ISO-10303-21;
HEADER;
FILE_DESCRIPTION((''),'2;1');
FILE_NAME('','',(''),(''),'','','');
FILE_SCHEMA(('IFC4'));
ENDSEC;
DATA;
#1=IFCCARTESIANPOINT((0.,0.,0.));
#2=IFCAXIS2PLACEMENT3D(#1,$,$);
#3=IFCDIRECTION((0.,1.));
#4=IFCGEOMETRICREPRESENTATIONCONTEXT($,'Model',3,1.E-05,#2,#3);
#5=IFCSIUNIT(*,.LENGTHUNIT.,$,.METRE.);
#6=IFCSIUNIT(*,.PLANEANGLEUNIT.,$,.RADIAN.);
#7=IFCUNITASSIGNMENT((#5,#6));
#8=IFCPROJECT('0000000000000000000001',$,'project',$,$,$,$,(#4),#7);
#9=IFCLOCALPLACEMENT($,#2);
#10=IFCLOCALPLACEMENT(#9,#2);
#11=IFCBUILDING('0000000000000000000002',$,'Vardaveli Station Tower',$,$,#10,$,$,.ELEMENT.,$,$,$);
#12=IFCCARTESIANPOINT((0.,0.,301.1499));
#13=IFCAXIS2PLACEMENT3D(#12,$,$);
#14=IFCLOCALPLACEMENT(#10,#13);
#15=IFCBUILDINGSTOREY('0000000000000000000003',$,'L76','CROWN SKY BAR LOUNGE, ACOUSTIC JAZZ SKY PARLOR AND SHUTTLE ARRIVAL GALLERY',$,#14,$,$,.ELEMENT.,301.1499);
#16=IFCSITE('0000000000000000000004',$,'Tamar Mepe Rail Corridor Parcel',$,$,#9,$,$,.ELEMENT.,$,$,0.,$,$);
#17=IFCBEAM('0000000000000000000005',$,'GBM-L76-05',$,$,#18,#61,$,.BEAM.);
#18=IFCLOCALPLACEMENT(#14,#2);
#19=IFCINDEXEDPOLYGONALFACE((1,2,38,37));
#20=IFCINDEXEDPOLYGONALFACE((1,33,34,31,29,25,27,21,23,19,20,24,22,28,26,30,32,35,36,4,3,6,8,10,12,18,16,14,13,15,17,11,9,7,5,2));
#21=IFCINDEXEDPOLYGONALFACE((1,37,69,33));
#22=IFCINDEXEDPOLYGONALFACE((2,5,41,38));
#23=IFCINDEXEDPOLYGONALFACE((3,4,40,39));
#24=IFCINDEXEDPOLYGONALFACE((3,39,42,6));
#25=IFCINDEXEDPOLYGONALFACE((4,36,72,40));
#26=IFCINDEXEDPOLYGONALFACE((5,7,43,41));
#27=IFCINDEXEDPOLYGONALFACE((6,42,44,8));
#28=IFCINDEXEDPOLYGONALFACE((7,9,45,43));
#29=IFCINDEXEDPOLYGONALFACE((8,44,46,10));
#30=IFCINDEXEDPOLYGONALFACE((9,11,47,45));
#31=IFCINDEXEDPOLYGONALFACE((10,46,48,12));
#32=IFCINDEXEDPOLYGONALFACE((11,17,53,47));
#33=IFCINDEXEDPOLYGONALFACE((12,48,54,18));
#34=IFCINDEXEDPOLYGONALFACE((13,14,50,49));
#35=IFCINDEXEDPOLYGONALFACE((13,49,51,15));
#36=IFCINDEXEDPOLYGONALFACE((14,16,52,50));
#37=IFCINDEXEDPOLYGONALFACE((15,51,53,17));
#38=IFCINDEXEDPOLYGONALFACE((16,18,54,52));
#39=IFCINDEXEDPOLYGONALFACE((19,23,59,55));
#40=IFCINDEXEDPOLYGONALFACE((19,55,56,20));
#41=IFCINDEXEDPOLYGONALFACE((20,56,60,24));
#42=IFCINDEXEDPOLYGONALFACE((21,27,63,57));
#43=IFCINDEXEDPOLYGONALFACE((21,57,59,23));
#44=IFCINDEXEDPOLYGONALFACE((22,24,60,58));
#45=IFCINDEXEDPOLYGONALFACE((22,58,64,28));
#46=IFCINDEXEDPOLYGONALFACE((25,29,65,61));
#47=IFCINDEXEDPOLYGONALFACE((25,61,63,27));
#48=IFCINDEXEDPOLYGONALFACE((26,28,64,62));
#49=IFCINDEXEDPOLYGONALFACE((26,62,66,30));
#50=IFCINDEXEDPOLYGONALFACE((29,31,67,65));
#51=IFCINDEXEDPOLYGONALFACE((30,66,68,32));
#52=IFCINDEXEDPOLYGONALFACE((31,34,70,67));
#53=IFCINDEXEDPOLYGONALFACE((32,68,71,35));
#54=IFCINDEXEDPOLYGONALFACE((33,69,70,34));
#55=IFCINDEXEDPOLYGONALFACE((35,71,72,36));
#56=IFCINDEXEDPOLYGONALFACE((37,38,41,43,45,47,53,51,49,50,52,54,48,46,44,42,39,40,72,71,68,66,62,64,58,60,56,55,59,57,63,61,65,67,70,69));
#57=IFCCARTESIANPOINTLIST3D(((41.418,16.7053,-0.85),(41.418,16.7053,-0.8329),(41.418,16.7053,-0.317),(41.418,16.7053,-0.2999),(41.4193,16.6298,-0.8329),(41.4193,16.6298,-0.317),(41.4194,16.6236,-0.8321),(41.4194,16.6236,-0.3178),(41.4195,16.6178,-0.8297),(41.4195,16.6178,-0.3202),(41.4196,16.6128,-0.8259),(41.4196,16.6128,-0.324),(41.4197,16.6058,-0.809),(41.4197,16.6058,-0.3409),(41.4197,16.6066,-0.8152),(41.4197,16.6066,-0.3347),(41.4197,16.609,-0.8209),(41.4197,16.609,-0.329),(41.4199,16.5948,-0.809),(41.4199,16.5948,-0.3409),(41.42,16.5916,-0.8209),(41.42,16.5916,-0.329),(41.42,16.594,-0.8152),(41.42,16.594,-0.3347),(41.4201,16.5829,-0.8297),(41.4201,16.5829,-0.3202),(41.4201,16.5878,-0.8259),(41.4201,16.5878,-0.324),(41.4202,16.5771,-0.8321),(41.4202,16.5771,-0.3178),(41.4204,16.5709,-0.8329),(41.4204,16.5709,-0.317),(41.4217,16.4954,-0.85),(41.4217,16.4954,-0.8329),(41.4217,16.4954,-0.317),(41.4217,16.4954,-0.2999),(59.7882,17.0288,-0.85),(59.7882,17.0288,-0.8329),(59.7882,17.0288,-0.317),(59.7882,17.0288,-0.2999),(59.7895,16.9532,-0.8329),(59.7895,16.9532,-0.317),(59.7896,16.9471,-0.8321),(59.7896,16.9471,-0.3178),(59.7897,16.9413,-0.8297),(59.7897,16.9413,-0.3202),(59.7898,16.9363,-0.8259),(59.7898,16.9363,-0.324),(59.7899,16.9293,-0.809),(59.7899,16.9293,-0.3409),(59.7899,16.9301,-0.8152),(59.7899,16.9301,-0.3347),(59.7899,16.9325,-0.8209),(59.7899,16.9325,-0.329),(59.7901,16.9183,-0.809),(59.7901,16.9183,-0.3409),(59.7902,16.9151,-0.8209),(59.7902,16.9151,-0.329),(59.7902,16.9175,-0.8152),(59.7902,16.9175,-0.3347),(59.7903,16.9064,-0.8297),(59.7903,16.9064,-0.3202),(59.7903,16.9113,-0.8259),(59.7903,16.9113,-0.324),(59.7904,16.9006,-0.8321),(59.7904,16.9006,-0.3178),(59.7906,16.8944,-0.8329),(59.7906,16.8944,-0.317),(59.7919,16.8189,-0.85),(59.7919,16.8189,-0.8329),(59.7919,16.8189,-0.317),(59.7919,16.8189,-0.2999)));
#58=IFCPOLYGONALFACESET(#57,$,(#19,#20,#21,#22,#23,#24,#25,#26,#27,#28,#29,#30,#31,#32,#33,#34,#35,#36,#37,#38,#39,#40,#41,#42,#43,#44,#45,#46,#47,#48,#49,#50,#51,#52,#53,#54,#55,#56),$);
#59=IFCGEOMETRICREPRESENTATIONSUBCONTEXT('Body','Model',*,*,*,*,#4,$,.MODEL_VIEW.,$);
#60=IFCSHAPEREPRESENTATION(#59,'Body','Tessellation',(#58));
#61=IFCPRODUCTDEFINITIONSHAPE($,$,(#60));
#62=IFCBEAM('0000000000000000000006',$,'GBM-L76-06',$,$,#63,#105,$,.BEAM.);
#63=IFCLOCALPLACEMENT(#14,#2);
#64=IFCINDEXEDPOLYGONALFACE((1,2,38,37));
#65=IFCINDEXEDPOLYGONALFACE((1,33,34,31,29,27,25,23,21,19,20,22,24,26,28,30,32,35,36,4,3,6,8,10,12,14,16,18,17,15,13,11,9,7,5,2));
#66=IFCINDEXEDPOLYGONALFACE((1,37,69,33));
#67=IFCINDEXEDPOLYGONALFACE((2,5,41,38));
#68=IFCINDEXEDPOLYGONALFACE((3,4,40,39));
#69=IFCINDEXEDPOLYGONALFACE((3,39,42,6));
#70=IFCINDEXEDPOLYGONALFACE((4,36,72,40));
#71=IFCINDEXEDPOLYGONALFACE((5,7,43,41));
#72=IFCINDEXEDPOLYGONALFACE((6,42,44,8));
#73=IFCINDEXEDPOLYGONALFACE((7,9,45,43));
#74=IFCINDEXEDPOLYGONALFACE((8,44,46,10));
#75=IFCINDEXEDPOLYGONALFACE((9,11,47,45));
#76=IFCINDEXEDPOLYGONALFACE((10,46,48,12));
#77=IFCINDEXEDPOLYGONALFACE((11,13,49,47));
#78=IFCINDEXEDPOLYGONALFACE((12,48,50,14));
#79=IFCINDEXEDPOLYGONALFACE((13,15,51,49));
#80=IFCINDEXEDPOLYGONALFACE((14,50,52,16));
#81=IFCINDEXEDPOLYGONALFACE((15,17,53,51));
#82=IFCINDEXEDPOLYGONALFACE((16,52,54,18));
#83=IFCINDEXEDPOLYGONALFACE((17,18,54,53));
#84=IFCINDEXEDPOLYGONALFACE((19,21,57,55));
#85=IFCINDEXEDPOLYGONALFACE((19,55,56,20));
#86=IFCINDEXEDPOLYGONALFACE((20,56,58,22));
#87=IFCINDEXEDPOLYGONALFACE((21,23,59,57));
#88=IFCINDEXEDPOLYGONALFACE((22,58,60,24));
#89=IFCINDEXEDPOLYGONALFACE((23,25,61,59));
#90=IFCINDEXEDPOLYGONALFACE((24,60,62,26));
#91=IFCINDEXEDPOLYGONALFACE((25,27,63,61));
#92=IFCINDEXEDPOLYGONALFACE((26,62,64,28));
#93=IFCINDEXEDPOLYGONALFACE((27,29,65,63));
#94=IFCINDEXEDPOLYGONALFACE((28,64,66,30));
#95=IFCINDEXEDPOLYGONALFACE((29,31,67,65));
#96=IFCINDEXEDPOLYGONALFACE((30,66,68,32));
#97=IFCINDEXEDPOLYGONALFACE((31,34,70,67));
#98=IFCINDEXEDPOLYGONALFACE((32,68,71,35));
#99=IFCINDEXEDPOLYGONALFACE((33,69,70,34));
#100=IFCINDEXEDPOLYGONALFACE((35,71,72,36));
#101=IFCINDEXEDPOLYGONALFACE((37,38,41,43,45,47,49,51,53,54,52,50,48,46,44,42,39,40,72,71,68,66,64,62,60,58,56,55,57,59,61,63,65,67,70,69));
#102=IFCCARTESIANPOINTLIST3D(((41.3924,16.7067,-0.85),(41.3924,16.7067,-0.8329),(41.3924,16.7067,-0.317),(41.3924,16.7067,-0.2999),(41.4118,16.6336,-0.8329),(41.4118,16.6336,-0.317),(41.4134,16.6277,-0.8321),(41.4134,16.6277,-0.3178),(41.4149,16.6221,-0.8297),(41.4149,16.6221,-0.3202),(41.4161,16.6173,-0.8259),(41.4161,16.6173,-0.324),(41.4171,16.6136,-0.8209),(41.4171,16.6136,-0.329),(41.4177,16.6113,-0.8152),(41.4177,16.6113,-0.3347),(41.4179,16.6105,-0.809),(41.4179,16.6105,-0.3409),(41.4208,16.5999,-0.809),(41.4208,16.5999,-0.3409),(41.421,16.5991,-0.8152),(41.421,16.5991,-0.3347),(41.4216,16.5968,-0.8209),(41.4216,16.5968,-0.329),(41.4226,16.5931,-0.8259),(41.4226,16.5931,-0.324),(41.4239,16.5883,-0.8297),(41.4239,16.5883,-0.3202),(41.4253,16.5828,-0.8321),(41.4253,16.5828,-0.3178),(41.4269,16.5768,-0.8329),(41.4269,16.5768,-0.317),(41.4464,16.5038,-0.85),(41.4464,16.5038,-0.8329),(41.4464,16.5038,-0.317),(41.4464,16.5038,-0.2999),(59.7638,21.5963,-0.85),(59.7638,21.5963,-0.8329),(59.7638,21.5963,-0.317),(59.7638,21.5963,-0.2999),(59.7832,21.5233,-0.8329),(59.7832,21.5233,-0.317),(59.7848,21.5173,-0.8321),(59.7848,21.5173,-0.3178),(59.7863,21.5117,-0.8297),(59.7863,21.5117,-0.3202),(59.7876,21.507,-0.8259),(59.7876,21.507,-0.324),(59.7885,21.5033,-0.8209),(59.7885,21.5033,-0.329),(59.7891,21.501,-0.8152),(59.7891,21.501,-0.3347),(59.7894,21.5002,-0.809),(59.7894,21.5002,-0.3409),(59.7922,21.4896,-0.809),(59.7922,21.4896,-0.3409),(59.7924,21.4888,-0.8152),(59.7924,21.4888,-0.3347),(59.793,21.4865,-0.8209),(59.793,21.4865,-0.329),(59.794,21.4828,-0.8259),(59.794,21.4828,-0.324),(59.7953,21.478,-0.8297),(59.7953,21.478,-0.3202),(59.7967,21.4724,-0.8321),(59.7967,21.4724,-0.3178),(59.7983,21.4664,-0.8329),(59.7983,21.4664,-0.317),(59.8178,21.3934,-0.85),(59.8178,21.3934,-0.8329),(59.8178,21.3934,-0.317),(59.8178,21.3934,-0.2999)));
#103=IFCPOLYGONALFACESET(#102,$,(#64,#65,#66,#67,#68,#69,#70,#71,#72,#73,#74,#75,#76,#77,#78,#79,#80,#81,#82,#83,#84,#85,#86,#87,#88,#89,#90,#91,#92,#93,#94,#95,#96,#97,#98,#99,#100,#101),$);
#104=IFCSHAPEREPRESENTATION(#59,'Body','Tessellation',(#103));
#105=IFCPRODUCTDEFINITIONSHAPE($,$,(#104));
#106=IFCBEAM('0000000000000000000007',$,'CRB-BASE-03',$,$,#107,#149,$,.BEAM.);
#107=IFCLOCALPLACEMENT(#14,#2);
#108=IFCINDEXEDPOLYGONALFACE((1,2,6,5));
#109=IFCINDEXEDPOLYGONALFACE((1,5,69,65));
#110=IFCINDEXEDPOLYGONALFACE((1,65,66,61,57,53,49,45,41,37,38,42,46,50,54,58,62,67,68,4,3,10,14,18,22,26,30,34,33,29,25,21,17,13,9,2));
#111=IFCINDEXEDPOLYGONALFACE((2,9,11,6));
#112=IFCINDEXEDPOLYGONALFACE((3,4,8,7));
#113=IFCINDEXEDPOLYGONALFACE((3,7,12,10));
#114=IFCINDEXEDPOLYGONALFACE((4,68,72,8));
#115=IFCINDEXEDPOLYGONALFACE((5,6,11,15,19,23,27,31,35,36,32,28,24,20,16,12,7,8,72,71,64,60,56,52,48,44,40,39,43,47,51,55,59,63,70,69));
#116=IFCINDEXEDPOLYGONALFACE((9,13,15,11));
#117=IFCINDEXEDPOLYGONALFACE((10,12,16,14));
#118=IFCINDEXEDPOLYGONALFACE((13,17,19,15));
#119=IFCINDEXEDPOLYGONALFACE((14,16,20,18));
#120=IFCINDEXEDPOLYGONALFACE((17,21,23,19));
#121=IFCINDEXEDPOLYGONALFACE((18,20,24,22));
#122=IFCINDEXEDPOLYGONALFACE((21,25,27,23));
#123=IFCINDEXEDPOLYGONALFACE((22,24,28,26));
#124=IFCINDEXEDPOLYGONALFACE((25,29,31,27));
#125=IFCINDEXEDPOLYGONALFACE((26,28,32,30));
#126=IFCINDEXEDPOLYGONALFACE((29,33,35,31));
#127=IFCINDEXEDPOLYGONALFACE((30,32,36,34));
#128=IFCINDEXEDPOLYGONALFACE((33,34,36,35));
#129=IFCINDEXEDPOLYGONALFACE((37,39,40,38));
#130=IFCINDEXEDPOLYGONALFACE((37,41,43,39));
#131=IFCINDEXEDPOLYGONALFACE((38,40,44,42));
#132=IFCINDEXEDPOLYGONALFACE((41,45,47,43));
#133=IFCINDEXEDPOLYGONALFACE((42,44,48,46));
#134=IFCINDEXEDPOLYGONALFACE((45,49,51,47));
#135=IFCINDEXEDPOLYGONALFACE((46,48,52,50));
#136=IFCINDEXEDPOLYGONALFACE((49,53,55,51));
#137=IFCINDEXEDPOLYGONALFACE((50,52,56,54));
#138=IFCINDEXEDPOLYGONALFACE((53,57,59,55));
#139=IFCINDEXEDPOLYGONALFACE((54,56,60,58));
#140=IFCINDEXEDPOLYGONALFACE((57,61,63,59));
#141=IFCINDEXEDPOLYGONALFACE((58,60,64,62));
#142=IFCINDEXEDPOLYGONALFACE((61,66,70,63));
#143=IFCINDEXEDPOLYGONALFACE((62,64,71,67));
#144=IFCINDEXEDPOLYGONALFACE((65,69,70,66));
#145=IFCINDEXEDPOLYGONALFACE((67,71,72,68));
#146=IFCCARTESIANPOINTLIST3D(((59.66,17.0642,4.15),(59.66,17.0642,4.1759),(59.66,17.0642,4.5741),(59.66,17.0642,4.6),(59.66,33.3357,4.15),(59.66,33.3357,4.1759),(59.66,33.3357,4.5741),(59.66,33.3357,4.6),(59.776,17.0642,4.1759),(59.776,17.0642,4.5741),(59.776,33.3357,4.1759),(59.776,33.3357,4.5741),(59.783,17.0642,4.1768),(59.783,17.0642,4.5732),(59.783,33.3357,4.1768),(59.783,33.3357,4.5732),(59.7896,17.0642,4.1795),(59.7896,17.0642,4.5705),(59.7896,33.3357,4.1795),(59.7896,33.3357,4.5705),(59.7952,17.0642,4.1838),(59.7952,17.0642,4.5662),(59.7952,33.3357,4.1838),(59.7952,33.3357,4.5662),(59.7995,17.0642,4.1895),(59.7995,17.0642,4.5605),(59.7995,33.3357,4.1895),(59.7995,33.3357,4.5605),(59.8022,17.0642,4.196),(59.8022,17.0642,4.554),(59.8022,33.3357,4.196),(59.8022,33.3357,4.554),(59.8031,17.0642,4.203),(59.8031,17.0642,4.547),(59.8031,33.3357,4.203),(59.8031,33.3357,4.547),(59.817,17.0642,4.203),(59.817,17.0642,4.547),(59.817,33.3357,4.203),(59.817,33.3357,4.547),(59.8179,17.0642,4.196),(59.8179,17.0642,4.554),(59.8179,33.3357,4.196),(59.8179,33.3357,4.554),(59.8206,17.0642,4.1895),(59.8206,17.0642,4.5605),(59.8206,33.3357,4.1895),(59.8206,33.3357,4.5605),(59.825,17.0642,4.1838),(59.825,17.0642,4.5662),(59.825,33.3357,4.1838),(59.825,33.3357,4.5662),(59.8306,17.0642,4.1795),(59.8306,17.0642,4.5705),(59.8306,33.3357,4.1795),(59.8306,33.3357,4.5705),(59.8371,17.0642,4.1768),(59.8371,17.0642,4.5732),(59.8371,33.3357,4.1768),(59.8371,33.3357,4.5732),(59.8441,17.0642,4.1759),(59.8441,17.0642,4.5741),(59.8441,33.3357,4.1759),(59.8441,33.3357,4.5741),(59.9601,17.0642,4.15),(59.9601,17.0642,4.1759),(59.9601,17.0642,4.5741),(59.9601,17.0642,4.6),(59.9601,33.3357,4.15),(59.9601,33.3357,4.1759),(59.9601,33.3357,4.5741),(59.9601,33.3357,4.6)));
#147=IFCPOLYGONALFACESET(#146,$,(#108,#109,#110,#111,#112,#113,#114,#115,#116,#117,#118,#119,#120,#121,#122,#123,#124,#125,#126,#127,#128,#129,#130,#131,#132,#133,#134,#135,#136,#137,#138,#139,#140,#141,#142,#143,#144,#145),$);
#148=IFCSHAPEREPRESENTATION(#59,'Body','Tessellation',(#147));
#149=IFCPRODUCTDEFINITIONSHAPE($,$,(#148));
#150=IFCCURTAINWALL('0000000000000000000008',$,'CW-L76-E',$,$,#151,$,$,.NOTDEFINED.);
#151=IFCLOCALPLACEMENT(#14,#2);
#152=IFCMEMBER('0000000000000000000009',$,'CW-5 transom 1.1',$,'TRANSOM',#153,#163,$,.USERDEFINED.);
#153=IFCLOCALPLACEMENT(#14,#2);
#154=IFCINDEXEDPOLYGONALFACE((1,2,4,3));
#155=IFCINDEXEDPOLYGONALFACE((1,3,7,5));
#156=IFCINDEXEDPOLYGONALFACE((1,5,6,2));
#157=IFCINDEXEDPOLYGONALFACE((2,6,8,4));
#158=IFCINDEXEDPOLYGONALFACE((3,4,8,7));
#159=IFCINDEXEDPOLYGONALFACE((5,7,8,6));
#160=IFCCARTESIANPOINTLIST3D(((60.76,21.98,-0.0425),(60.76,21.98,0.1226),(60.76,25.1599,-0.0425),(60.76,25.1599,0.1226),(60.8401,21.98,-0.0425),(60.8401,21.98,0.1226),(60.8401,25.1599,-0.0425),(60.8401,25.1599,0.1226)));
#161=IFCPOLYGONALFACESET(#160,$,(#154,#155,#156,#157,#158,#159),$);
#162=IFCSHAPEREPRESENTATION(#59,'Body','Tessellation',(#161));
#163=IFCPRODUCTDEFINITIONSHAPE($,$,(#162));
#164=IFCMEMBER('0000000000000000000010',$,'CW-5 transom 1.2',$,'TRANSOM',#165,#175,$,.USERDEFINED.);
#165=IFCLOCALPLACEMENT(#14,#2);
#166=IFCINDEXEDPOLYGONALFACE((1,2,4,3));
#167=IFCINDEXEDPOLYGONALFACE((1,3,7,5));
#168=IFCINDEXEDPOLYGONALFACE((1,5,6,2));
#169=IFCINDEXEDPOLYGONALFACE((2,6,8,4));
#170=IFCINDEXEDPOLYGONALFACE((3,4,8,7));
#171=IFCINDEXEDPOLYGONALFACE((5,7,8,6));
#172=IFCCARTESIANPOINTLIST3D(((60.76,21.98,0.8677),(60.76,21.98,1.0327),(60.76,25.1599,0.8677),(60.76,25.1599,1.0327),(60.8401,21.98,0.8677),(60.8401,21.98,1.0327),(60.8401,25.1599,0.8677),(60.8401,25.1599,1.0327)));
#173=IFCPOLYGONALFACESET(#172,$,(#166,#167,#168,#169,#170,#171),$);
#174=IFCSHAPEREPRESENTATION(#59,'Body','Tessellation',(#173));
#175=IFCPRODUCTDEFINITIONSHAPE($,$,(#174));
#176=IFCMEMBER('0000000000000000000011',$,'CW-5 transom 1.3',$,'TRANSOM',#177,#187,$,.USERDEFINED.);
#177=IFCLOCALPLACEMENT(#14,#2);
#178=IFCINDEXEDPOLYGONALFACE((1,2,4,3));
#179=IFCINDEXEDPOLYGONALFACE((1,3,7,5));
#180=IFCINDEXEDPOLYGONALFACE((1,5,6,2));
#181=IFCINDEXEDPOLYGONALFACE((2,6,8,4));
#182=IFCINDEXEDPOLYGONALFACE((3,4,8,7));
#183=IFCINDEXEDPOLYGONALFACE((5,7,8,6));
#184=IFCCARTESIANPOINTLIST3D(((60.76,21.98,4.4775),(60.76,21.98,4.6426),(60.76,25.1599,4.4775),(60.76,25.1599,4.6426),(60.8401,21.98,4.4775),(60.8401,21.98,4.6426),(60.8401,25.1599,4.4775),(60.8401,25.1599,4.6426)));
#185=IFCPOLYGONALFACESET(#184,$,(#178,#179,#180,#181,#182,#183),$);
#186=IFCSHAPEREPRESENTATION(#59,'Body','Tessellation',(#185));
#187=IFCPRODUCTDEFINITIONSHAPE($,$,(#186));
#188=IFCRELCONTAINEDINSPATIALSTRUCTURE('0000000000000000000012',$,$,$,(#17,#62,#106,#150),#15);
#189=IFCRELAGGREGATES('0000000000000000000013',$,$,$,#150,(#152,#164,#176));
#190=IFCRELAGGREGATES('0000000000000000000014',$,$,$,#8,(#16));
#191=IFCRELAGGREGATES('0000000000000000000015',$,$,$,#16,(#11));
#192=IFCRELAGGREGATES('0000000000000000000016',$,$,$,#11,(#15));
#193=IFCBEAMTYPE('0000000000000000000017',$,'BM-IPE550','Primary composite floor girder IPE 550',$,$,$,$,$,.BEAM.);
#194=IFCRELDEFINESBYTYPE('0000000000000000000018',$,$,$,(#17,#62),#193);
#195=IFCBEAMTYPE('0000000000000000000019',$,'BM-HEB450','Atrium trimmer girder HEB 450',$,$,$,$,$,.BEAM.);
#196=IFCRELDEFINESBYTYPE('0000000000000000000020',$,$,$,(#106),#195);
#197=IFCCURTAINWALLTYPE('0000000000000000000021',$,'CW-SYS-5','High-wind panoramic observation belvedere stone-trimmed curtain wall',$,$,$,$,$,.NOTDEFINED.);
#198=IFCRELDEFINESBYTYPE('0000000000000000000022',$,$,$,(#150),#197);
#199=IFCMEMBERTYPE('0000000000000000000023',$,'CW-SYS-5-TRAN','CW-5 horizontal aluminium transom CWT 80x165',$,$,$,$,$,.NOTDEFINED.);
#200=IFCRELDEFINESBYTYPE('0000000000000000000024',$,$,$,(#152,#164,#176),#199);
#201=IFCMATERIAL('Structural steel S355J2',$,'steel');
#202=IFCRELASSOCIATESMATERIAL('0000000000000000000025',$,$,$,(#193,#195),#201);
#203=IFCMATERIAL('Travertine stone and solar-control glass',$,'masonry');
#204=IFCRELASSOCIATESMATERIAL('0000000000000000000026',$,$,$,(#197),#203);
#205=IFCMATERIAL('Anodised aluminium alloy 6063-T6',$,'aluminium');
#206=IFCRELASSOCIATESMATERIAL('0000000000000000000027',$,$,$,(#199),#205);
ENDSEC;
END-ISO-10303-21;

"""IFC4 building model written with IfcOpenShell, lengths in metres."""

from ifc_helpers import new_model, si_unit, direction, frame, origin, origin_2d, place, context, subcontext, project, spatial, rectangle, i_section, extrude, source, transform, mapped, material, material_profile, profile_set, type_object, element, aggregate, save


model = new_model("IFC4")

# Units and contexts
model_context = context("Model", 3, precision=1e-05, world=origin(), true_north=direction((0.0, 1.0)))
body_context = subcontext(model_context, "Body", "Model", "MODEL_VIEW")
ifc_project = project(units=[si_unit("LENGTHUNIT", "METRE"), si_unit("PLANEANGLEUNIT", "RADIAN")], contexts=[model_context])

# Site, building, storey
site_placement = place(None, origin())
site = spatial("IfcSite", under=ifc_project, at=site_placement, Name="Tamar Mepe Rail Corridor Parcel", CompositionType="ELEMENT", RefElevation=0.0)
building_placement = place(site_placement, origin())
building = spatial("IfcBuilding", under=site, at=building_placement, Name="Vardaveli Station Tower", CompositionType="ELEMENT")
storey_placement = place(building_placement, frame((0.0, 0.0, 301.1499)))
storey = spatial("IfcBuildingStorey", under=building, at=storey_placement, Name="L76", Description="CROWN SKY BAR LOUNGE, ACOUSTIC JAZZ SKY PARLOR AND SHUTTLE ARRIVAL GALLERY", CompositionType="ELEMENT", Elevation=301.1499)

# Shared definitions
ifc_material_1 = material(Name="Structural steel S355J2", Category="steel")

# Beams
ifc_material_profile_1 = material_profile(ifc_material_1, i_section(OverallWidth=0.21, OverallDepth=0.55, WebThickness=0.011, FlangeThickness=0.0171, FilletRadius=0.0239, at=origin_2d()), Name="IPE 550")
ifc_profile_set_1 = profile_set([ifc_material_profile_1], Name="Structural steel S355J2")
beam_type_1 = type_object("IfcBeamType", Name="BM-IPE550", Description="Primary composite floor girder IPE 550", PredefinedType="BEAM", material=ifc_profile_set_1)
shared_shape_1 = source(origin(), body_context, "Body", "SweptSolid", [
    extrude(i_section(OverallWidth=0.21, OverallDepth=0.55, WebThickness=0.011, FlangeThickness=0.0171, FilletRadius=0.0239, at=origin_2d()), origin(), (0.0, 0.0, 1.0), 18.373),
])
beam_1_placement = place(storey_placement, frame((59.79, 16.9238, -0.575), z_axis=(-0.999845, -0.017607, 0.0), x_axis=(0.017607, -0.999845, 0.0)))
element("IfcBeam", 1, at=beam_1_placement, inside=storey, type_object=beam_type_1, Name="GBM-L76-05", PredefinedType="BEAM", context=body_context, shape_type="MappedRepresentation", body=[
    mapped(shared_shape_1, transform((0.0, 0.0, 0.0), scale=1.0)),
])
shared_shape_2 = source(origin(), body_context, "Body", "SweptSolid", [
    extrude(i_section(OverallWidth=0.21, OverallDepth=0.55, WebThickness=0.011, FlangeThickness=0.0171, FilletRadius=0.0239, at=origin_2d()), origin(), (0.0, 0.0, 1.0), 19.011),
])
beam_2_placement = place(storey_placement, frame((59.7908, 21.4949, -0.575), z_axis=(-0.966358, -0.257202, 0.0), x_axis=(0.257202, -0.966358, 0.0)))
element("IfcBeam", 2, at=beam_2_placement, inside=storey, type_object=beam_type_1, Name="GBM-L76-06", PredefinedType="BEAM", context=body_context, shape_type="MappedRepresentation", body=[
    mapped(shared_shape_2, transform((0.0, 0.0, 0.0), scale=1.0)),
])
ifc_material_profile_2 = material_profile(ifc_material_1, i_section(OverallWidth=0.3, OverallDepth=0.45, WebThickness=0.0139, FlangeThickness=0.0259, FilletRadius=0.0271, at=origin_2d()), Name="HEB 450")
ifc_profile_set_2 = profile_set([ifc_material_profile_2], Name="Structural steel S355J2")
beam_type_2 = type_object("IfcBeamType", Name="BM-HEB450", Description="Atrium trimmer girder HEB 450", PredefinedType="BEAM", material=ifc_profile_set_2)
shared_shape_3 = source(origin(), body_context, "Body", "SweptSolid", [
    extrude(i_section(OverallWidth=0.3, OverallDepth=0.45, WebThickness=0.0139, FlangeThickness=0.0259, FilletRadius=0.0271, at=origin_2d()), origin(), (0.0, 0.0, 1.0), 16.2715),
])
beam_3_placement = place(storey_placement, frame((59.8101, 17.0642, 4.375), z_axis=(0.0, 1.0, 0.0), x_axis=(-1.0, 0.0, 0.0)))
element("IfcBeam", 3, at=beam_3_placement, inside=storey, type_object=beam_type_2, Name="CRB-BASE-03", PredefinedType="BEAM", context=body_context, shape_type="MappedRepresentation", body=[
    mapped(shared_shape_3, transform((0.0, 0.0, 0.0), scale=1.0)),
])

# Curtain wall, members
ifc_material_2 = material(Name="Travertine stone and solar-control glass", Category="masonry")
curtain_wall_type_1 = type_object("IfcCurtainWallType", Name="CW-SYS-5", Description="High-wind panoramic observation belvedere stone-trimmed curtain wall", PredefinedType="NOTDEFINED", material=ifc_material_2)
curtain_wall_1_placement = place(storey_placement, origin())
curtain_wall_1 = element("IfcCurtainWall", 4, at=curtain_wall_1_placement, inside=storey, type_object=curtain_wall_type_1, Name="CW-L76-E", PredefinedType="NOTDEFINED")
ifc_material_3 = material(Name="Anodised aluminium alloy 6063-T6", Category="aluminium")
ifc_material_profile_3 = material_profile(ifc_material_3, rectangle(XDim=0.0801, YDim=0.165, at=origin_2d()), Name="CWT 80x165")
ifc_profile_set_3 = profile_set([ifc_material_profile_3], Name="Anodised aluminium alloy 6063-T6")
member_type_1 = type_object("IfcMemberType", Name="CW-SYS-5-TRAN", Description="CW-5 horizontal aluminium transom CWT 80x165", PredefinedType="NOTDEFINED", material=ifc_profile_set_3)
shared_shape_4 = source(origin(), body_context, "Body", "SweptSolid", [
    extrude(rectangle(XDim=0.0801, YDim=0.165, at=origin_2d()), origin(), (0.0, 0.0, 1.0), 3.1799),
])
member_1_placement = place(storey_placement, frame((60.8, 21.98, 0.04), z_axis=(0.0, 1.0, 0.0), x_axis=(-1.0, 0.0, 0.0)))
member_1 = element("IfcMember", 5, at=member_1_placement, type_object=member_type_1, Name="CW-5 transom 1.1", ObjectType="TRANSOM", PredefinedType="USERDEFINED", context=body_context, shape_type="MappedRepresentation", body=[
    mapped(shared_shape_4, transform((0.0, 0.0, 0.0), scale=1.0)),
])
member_2_placement = place(storey_placement, frame((60.8, 21.98, 0.9502), z_axis=(0.0, 1.0, 0.0), x_axis=(-1.0, 0.0, 0.0)))
member_2 = element("IfcMember", 6, at=member_2_placement, type_object=member_type_1, Name="CW-5 transom 1.2", ObjectType="TRANSOM", PredefinedType="USERDEFINED", context=body_context, shape_type="MappedRepresentation", body=[
    mapped(shared_shape_4, transform((0.0, 0.0, 0.0), scale=1.0)),
])
member_3_placement = place(storey_placement, frame((60.8, 21.98, 4.5601), z_axis=(0.0, 1.0, 0.0), x_axis=(-1.0, 0.0, 0.0)))
member_3 = element("IfcMember", 7, at=member_3_placement, type_object=member_type_1, Name="CW-5 transom 1.3", ObjectType="TRANSOM", PredefinedType="USERDEFINED", context=body_context, shape_type="MappedRepresentation", body=[
    mapped(shared_shape_4, transform((0.0, 0.0, 0.0), scale=1.0)),
])

aggregate(curtain_wall_1, [member_1, member_2, member_3])

save(model, "model.ifc")
